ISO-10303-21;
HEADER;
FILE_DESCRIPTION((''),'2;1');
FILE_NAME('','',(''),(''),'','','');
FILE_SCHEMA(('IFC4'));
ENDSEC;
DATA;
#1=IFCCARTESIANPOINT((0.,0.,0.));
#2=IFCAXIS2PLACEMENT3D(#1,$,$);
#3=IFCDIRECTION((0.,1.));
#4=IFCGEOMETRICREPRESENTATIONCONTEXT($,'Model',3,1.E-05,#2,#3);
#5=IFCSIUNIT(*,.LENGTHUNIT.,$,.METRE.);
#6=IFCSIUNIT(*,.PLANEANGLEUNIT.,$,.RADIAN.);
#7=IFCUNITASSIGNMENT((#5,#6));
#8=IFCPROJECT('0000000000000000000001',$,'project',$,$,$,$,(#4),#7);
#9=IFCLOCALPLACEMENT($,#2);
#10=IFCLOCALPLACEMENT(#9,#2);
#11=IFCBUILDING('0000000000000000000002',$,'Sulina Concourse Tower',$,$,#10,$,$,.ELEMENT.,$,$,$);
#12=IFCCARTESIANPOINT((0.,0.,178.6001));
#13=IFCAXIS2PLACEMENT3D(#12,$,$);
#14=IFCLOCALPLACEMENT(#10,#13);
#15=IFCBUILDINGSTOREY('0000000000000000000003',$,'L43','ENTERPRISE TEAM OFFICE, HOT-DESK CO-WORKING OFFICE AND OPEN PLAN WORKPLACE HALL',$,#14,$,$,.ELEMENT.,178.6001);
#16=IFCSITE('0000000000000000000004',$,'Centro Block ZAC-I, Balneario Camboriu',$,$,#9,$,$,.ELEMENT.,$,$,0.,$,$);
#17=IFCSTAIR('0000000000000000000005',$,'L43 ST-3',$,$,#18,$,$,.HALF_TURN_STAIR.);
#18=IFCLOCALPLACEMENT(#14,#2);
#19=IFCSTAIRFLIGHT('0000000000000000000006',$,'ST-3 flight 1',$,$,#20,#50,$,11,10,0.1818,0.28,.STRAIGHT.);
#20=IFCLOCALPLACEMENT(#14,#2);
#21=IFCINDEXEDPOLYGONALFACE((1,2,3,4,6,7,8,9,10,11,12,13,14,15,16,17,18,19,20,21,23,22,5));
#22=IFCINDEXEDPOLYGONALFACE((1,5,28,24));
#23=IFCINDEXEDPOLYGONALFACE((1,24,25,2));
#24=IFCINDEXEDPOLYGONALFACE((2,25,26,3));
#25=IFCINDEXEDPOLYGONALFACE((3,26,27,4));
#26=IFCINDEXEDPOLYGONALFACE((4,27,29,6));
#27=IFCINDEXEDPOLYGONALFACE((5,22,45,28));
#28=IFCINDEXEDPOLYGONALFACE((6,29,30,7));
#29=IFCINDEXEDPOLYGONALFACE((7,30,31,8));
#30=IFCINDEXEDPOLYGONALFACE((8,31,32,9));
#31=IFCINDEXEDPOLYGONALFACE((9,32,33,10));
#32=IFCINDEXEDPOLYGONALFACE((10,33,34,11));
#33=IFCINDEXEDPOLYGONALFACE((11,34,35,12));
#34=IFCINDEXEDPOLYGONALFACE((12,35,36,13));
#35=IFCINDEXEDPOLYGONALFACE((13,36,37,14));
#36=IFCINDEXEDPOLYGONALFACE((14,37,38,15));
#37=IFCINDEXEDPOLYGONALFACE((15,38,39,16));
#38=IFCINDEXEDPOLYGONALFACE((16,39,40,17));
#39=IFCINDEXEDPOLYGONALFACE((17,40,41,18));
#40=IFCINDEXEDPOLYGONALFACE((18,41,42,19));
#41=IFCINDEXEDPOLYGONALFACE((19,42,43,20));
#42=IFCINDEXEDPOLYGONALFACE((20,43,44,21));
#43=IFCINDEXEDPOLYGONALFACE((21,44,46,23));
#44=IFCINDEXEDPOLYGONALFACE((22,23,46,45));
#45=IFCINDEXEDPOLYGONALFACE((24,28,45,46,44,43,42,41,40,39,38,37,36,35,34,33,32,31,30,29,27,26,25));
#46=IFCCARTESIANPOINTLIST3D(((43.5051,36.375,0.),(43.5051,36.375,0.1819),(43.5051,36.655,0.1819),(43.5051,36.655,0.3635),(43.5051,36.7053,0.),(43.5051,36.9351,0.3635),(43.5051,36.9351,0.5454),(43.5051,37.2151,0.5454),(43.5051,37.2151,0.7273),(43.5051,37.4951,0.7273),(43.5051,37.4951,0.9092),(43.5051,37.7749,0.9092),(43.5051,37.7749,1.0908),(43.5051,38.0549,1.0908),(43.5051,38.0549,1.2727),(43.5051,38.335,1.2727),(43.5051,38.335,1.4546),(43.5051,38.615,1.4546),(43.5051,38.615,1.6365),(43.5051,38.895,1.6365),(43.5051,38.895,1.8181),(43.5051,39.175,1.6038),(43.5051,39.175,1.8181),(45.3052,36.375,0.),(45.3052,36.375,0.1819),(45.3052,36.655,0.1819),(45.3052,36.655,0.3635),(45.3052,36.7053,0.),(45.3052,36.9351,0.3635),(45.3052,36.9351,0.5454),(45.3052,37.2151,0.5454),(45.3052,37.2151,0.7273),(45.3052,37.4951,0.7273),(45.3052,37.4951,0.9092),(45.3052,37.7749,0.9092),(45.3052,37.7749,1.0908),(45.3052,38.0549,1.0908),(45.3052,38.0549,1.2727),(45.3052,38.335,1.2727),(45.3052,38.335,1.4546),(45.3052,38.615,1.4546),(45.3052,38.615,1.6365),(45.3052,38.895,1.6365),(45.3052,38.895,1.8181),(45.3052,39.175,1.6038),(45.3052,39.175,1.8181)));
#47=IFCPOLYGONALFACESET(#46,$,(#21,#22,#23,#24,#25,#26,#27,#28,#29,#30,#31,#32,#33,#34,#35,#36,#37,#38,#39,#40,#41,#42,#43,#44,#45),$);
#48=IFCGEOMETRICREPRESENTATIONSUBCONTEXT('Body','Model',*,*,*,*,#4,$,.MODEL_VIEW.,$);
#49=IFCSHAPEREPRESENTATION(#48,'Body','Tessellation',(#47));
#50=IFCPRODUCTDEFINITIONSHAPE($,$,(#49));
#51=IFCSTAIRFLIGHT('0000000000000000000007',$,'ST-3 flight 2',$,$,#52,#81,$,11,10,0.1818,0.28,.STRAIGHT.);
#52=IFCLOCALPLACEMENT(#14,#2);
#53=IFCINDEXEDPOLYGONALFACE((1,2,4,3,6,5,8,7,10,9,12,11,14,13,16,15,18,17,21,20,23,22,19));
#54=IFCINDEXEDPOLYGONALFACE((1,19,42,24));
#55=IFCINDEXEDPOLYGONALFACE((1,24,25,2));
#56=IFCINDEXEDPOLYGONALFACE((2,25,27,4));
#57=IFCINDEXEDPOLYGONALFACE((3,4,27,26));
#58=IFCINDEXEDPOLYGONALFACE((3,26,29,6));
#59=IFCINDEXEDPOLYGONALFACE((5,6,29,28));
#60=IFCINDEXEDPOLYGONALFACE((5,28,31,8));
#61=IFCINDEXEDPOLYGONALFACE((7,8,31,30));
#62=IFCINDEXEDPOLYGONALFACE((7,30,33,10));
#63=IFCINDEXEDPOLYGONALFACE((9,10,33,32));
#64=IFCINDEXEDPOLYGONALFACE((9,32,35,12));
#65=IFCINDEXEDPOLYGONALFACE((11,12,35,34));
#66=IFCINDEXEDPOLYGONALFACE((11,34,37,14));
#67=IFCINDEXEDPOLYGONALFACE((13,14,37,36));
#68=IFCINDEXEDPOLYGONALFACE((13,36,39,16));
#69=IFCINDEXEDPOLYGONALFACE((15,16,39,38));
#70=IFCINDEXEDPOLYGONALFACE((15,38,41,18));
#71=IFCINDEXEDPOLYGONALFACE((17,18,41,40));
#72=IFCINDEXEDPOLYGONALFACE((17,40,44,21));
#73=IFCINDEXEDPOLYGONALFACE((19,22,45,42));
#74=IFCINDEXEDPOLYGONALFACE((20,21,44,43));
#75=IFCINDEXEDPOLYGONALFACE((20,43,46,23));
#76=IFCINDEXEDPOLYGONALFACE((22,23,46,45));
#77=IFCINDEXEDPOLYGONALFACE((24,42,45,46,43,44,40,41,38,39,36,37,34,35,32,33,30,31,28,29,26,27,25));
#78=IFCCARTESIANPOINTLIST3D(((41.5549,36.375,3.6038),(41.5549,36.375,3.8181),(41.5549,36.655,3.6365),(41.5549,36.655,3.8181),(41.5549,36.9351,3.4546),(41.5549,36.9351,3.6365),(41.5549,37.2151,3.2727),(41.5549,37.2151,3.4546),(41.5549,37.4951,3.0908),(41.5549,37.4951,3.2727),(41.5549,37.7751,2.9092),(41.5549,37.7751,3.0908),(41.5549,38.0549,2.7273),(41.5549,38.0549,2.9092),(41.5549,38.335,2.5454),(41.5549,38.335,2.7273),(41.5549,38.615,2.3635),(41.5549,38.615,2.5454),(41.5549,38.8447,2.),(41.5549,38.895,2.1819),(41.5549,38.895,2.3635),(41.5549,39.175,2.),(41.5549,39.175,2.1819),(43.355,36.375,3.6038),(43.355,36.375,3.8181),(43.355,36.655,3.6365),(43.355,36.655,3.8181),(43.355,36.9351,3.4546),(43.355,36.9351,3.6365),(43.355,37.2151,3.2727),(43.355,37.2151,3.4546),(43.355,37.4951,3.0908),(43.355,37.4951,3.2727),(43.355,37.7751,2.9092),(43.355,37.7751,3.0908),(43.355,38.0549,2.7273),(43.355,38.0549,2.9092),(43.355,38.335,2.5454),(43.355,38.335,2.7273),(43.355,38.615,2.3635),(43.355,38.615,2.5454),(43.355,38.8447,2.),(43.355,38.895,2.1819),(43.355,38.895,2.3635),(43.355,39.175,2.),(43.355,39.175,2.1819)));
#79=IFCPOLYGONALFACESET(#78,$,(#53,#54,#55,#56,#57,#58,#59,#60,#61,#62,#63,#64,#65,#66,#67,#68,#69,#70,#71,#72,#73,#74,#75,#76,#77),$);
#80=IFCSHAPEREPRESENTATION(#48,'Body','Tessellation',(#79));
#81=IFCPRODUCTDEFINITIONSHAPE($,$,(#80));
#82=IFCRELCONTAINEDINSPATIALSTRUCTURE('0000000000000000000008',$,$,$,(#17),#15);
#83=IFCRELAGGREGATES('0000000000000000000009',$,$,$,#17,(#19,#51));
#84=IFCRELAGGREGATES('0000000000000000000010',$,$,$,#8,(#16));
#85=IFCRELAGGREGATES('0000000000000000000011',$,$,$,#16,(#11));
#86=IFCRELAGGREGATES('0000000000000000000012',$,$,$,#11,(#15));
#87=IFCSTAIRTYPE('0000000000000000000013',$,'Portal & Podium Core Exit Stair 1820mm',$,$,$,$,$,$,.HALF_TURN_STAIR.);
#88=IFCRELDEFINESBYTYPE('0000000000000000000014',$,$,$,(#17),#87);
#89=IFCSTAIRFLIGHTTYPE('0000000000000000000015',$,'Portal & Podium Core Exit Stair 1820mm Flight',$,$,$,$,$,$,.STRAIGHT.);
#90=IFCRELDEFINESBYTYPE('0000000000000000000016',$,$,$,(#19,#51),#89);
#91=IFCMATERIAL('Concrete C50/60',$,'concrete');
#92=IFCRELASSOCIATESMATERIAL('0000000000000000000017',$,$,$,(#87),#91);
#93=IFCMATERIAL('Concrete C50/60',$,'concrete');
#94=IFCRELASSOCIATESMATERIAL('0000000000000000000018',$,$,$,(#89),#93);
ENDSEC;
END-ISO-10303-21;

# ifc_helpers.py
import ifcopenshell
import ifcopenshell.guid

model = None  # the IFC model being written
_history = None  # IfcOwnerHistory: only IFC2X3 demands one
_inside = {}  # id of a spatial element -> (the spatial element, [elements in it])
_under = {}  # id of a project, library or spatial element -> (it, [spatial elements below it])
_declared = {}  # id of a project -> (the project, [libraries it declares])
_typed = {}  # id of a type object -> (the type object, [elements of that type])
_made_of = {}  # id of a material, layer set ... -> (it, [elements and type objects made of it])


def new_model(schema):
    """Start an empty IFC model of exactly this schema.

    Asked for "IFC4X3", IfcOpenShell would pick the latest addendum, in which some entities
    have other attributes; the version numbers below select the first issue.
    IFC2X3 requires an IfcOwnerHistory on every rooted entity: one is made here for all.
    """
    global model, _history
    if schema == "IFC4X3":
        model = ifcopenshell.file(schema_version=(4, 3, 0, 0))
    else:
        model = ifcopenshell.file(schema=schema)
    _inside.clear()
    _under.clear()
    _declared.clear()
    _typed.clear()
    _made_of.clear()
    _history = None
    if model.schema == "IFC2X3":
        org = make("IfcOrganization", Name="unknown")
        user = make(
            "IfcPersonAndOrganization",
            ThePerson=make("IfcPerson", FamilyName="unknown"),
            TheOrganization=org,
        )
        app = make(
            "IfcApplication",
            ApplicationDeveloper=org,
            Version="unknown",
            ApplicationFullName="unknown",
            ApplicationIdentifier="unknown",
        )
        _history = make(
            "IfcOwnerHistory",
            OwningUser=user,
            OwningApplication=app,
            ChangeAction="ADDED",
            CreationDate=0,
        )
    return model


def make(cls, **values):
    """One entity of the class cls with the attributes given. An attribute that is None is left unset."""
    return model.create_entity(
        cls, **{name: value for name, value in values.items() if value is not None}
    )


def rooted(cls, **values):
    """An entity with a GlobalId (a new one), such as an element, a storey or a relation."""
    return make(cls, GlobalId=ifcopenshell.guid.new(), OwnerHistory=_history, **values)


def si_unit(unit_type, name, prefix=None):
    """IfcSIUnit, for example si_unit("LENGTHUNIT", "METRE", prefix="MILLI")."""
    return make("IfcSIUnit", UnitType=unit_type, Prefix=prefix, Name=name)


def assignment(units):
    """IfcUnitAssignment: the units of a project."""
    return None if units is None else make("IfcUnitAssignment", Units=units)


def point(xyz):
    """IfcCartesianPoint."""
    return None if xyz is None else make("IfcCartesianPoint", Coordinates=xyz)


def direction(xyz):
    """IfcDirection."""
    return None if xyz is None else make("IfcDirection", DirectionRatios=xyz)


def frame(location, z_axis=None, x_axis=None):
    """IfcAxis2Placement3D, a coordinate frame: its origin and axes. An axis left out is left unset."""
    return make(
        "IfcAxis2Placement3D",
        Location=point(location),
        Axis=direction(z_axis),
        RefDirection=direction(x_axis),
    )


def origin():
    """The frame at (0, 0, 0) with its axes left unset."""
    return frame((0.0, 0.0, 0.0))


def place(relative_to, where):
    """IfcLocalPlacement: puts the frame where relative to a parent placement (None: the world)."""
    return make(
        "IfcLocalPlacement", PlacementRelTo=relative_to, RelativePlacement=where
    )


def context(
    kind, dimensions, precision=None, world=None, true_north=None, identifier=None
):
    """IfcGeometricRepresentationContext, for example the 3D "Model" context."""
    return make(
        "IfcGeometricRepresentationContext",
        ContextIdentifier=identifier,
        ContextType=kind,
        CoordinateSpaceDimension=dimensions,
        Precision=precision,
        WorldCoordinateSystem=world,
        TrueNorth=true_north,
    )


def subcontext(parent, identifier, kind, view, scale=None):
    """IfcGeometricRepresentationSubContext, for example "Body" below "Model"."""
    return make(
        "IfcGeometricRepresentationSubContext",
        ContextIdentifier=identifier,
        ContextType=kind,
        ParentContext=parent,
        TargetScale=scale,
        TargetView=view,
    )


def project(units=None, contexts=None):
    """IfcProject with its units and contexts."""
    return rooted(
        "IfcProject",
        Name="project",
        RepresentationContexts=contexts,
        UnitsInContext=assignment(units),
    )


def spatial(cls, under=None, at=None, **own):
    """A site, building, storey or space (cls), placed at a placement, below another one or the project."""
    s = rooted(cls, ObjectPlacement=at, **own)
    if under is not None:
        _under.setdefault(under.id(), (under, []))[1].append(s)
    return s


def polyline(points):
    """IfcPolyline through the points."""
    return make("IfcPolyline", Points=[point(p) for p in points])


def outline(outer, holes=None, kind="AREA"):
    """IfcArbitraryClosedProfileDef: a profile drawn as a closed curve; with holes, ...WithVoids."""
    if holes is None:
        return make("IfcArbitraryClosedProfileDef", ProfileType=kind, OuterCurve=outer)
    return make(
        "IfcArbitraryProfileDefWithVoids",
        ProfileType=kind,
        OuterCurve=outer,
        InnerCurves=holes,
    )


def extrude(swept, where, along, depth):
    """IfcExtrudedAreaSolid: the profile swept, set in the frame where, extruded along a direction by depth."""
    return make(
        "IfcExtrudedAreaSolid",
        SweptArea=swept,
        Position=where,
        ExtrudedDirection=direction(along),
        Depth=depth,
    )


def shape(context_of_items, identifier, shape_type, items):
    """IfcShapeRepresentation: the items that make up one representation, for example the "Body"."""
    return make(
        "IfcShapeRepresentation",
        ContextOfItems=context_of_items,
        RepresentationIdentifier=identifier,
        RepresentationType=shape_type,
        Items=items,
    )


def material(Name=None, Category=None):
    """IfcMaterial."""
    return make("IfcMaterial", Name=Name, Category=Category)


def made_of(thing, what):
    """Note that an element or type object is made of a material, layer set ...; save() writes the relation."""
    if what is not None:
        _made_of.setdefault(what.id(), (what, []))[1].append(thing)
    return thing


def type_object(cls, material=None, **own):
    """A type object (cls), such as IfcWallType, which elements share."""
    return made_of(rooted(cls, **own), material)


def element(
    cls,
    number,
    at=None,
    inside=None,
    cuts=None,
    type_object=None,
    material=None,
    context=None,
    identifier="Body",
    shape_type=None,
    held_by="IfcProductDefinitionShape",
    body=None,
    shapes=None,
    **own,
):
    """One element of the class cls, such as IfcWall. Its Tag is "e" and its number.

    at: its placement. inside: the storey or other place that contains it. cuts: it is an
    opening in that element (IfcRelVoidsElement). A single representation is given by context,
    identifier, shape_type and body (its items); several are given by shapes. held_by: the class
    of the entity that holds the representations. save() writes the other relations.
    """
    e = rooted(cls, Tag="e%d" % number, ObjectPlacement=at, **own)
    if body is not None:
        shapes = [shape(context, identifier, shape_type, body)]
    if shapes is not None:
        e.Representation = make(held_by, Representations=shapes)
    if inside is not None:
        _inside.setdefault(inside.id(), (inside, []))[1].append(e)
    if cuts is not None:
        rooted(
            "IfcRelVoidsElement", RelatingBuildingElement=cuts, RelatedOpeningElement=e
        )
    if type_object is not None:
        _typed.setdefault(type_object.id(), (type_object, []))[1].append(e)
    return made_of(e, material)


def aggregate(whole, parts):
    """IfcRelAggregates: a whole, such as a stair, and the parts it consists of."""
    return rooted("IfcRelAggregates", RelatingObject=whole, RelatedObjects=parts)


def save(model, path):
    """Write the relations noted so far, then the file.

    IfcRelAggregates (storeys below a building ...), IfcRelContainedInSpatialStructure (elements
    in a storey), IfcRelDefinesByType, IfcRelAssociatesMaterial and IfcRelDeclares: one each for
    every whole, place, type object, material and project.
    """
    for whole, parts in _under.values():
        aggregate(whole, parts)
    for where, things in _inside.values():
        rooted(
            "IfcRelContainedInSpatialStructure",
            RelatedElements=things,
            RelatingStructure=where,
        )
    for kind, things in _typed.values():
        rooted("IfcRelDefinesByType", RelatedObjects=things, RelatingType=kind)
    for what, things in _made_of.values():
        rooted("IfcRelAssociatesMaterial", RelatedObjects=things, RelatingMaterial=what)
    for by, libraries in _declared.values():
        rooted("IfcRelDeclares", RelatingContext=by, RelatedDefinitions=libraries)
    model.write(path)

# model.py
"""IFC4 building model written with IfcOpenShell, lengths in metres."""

from ifc_helpers import new_model, si_unit, direction, frame, origin, place, context, subcontext, project, spatial, polyline, outline, extrude, material, type_object, element, aggregate, save


model = new_model("IFC4")

# Units and contexts
model_context = context("Model", 3, precision=1e-05, world=origin(), true_north=direction((0.0, 1.0)))
body_context = subcontext(model_context, "Body", "Model", "MODEL_VIEW")
ifc_project = project(units=[si_unit("LENGTHUNIT", "METRE"), si_unit("PLANEANGLEUNIT", "RADIAN")], contexts=[model_context])

# Site, building, storey
site_placement = place(None, origin())
site = spatial("IfcSite", under=ifc_project, at=site_placement, Name="Centro Block ZAC-I, Balneario Camboriu", CompositionType="ELEMENT", RefElevation=0.0)
building_placement = place(site_placement, origin())
building = spatial("IfcBuilding", under=site, at=building_placement, Name="Sulina Concourse Tower", CompositionType="ELEMENT")
storey_placement = place(building_placement, frame((0.0, 0.0, 178.6001)))
storey = spatial("IfcBuildingStorey", under=building, at=storey_placement, Name="L43", Description="ENTERPRISE TEAM OFFICE, HOT-DESK CO-WORKING OFFICE AND OPEN PLAN WORKPLACE HALL", CompositionType="ELEMENT", Elevation=178.6001)

# Stair, stair flights
ifc_material_1 = material(Name="Concrete C50/60", Category="concrete")
stair_type = type_object("IfcStairType", Name="Portal & Podium Core Exit Stair 1820mm", PredefinedType="HALF_TURN_STAIR", material=ifc_material_1)
stair_placement = place(storey_placement, origin())
stair = element("IfcStair", 1, at=stair_placement, inside=storey, type_object=stair_type, Name="L43 ST-3", PredefinedType="HALF_TURN_STAIR")
ifc_material_2 = material(Name="Concrete C50/60", Category="concrete")
stair_flight_type = type_object("IfcStairFlightType", Name="Portal & Podium Core Exit Stair 1820mm Flight", PredefinedType="STRAIGHT", material=ifc_material_2)
stair_flight_1_placement = place(storey_placement, frame((44.405, 36.375, 0.0), z_axis=(0.0, 0.0, 1.0), x_axis=(0.0, 1.0, 0.0)))
stair_flight_1 = element("IfcStairFlight", 2, at=stair_flight_1_placement, type_object=stair_flight_type, Name="ST-3 flight 1", NumberOfRisers=11, NumberOfTreads=10, PredefinedType="STRAIGHT", RiserHeight=0.1818, TreadLength=0.28, context=body_context, shape_type="SweptSolid", body=[
    extrude(outline(polyline([(0.0, 0.0), (0.0, 0.1819), (0.28, 0.1819), (0.28, 0.3635), (0.5601, 0.3635), (0.5601, 0.5454), (0.8401, 0.5454), (0.8401, 0.7273), (1.1201, 0.7273), (1.1201, 0.9092), (1.3999, 0.9092), (1.3999, 1.0908), (1.6799, 1.0908), (1.6799, 1.2727), (1.96, 1.2727), (1.96, 1.4546), (2.24, 1.4546), (2.24, 1.6365), (2.52, 1.6365), (2.52, 1.8181), (2.8, 1.8181), (2.8, 2.0), (2.8, 1.6038), (0.3303, 0.0), (0.0, 0.0)])), frame((0.0, 0.8999, 0.0), z_axis=(0.0, -1.0, 0.0), x_axis=(1.0, 0.0, 0.0)), (0.0, 0.0, 1.0), 1.8),
])
stair_flight_2_placement = place(storey_placement, frame((42.4551, 39.175, 2.0), z_axis=(0.0, 0.0, 1.0), x_axis=(0.0, -1.0, 0.0)))
stair_flight_2 = element("IfcStairFlight", 3, at=stair_flight_2_placement, type_object=stair_flight_type, Name="ST-3 flight 2", NumberOfRisers=11, NumberOfTreads=10, PredefinedType="STRAIGHT", RiserHeight=0.1818, TreadLength=0.28, context=body_context, shape_type="SweptSolid", body=[
    extrude(outline(polyline([(0.0, 0.0), (0.0, 0.1819), (0.28, 0.1819), (0.28, 0.3635), (0.5601, 0.3635), (0.5601, 0.5454), (0.8401, 0.5454), (0.8401, 0.7273), (1.1201, 0.7273), (1.1201, 0.9092), (1.3999, 0.9092), (1.3999, 1.0908), (1.6799, 1.0908), (1.6799, 1.2727), (1.96, 1.2727), (1.96, 1.4546), (2.24, 1.4546), (2.24, 1.6365), (2.52, 1.6365), (2.52, 1.8181), (2.8, 1.8181), (2.8, 2.0), (2.8, 1.6038), (0.3303, 0.0), (0.0, 0.0)])), frame((0.0, 0.8999, 0.0), z_axis=(0.0, -1.0, 0.0), x_axis=(1.0, 0.0, 0.0)), (0.0, 0.0, 1.0), 1.8),
])
aggregate(stair, [stair_flight_1, stair_flight_2])

save(model, "model.ifc")
